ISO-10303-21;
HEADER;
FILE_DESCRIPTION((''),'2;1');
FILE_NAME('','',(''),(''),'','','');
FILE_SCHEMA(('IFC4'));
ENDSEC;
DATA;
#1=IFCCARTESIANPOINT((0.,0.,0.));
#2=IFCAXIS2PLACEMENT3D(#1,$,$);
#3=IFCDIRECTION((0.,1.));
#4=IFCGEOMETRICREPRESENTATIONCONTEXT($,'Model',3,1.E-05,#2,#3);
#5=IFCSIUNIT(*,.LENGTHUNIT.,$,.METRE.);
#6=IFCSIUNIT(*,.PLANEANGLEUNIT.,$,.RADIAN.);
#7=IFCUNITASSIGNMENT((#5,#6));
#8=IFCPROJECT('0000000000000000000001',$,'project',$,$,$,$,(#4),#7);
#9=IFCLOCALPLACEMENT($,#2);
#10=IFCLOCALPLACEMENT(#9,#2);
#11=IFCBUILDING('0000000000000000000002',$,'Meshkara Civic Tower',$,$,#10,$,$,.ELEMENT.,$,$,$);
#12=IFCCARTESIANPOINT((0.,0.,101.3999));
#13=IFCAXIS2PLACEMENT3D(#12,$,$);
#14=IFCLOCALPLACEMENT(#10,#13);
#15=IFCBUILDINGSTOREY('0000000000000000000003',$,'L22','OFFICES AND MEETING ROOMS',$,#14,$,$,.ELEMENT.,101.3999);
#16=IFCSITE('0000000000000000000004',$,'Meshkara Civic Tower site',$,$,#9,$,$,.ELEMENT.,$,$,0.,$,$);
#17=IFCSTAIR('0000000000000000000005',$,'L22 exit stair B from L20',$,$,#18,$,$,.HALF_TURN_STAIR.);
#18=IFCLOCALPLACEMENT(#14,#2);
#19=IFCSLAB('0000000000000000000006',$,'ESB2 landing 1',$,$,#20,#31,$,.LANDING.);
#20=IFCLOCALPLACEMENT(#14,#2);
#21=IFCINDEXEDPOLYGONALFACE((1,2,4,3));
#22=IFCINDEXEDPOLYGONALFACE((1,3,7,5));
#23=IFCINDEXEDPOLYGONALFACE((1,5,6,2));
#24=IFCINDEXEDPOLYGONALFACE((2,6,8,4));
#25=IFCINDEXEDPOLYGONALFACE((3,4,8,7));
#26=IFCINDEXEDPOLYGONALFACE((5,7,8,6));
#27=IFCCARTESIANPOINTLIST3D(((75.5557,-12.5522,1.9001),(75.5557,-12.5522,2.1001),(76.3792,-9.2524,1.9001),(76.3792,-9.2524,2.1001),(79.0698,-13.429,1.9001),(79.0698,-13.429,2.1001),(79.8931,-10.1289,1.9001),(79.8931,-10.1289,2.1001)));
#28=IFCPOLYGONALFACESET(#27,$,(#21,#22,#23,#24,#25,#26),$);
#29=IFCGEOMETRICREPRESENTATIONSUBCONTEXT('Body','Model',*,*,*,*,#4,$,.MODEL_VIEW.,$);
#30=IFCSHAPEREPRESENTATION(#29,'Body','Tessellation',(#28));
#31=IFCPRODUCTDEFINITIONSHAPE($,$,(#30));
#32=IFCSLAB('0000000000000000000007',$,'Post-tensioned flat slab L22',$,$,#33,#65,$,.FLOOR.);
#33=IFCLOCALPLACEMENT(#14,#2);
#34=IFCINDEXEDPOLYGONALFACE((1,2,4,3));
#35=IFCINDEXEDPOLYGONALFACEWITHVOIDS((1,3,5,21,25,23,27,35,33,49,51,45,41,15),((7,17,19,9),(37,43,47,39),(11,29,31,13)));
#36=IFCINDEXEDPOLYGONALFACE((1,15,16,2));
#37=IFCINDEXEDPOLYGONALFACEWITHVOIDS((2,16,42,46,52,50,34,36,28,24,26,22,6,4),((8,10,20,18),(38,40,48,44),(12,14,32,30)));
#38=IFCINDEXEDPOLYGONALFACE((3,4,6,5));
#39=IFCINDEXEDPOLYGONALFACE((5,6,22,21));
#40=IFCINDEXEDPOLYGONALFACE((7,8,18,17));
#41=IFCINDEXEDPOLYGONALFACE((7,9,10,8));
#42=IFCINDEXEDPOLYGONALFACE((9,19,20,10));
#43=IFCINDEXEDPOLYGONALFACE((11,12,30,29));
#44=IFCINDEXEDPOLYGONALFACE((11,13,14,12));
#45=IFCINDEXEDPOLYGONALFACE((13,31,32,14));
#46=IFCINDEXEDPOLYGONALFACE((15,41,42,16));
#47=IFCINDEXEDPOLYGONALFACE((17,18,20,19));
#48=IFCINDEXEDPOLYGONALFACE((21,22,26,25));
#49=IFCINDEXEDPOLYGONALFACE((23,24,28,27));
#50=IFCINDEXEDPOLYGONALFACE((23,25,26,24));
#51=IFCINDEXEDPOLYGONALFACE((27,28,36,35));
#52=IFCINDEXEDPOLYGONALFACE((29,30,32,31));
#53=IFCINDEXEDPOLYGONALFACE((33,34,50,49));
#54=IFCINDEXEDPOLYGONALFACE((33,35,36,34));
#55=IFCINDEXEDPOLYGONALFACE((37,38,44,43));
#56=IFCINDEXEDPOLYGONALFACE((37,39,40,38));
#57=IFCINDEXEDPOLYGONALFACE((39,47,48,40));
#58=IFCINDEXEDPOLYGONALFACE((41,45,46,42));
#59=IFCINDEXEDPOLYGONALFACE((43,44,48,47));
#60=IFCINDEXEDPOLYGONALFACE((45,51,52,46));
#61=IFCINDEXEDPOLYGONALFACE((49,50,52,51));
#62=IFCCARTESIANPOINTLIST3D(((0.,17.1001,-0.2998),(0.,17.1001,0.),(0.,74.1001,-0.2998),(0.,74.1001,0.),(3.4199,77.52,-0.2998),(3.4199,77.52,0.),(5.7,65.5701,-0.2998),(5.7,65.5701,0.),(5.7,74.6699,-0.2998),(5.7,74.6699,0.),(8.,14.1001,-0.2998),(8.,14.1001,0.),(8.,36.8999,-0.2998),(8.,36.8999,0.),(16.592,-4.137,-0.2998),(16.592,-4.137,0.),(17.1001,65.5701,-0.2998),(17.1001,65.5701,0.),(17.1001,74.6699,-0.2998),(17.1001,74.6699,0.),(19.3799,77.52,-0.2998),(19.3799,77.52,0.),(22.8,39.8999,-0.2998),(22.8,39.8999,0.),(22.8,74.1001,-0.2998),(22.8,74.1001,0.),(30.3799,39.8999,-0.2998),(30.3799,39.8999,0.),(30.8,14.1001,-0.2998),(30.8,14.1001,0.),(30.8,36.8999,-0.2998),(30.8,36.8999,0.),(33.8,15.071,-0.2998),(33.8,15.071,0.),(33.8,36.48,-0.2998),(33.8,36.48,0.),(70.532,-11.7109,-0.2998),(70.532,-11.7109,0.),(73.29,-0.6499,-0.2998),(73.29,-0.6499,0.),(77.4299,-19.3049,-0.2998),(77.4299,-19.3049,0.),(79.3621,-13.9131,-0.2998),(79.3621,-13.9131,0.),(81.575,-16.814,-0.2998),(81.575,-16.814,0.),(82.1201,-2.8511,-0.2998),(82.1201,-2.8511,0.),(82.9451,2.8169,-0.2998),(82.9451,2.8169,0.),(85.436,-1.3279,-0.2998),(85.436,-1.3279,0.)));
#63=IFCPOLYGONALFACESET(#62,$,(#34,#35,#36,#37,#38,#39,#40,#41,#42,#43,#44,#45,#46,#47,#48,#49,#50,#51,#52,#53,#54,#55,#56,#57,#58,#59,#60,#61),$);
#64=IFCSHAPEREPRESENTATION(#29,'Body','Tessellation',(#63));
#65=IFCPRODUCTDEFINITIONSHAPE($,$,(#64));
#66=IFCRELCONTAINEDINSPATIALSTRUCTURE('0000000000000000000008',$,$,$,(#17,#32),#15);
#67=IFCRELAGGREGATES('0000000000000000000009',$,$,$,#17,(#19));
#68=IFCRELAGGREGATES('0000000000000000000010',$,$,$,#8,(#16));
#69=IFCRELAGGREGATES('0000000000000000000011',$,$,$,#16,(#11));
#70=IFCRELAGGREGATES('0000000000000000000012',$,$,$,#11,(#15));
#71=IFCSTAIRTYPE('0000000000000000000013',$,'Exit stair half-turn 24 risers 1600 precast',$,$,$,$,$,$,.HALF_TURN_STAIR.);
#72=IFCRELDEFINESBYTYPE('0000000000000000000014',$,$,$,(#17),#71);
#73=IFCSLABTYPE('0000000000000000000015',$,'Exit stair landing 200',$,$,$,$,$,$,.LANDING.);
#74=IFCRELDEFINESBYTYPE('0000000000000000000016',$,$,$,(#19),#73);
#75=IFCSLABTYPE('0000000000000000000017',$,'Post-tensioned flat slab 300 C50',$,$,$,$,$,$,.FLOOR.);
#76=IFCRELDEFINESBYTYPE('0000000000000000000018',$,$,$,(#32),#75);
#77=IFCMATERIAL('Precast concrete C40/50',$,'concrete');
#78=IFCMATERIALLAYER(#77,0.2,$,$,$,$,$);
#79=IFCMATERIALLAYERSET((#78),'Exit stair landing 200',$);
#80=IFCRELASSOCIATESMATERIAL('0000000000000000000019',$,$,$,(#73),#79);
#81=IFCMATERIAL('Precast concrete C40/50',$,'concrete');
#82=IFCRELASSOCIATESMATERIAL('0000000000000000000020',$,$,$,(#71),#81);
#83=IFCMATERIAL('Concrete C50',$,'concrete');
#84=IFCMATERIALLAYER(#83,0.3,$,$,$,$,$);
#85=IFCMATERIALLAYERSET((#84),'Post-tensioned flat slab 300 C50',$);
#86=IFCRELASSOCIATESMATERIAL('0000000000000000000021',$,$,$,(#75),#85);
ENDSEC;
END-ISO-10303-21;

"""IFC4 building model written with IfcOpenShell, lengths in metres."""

from ifc_helpers import new_model, si_unit, direction, frame, origin, place, context, subcontext, project, spatial, polyline, outline, extrude, material, layer, layer_set, type_object, element, aggregate, save


model = new_model("IFC4")

# Units and contexts
model_context = context("Model", 3, precision=1e-05, world=origin(), true_north=direction((0.0, 1.0)))
body_context = subcontext(model_context, "Body", "Model", "MODEL_VIEW")
ifc_project = project(units=[si_unit("LENGTHUNIT", "METRE"), si_unit("PLANEANGLEUNIT", "RADIAN")], contexts=[model_context])

# Site, building, storey
site_placement = place(None, origin())
site = spatial("IfcSite", under=ifc_project, at=site_placement, Name="Meshkara Civic Tower site", CompositionType="ELEMENT", RefElevation=0.0)
building_placement = place(site_placement, origin())
building = spatial("IfcBuilding", under=site, at=building_placement, Name="Meshkara Civic Tower", CompositionType="ELEMENT")
storey_placement = place(building_placement, frame((0.0, 0.0, 101.3999)))
storey = spatial("IfcBuildingStorey", under=building, at=storey_placement, Name="L22", Description="OFFICES AND MEETING ROOMS", CompositionType="ELEMENT", Elevation=101.3999)

# Stair, slab
ifc_material_1 = material(Name="Precast concrete C40/50", Category="concrete")
ifc_layer_1 = layer(ifc_material_1, 0.2)
ifc_layer_set_1 = layer_set([ifc_layer_1], Name="Exit stair landing 200")
slab_type_1 = type_object("IfcSlabType", Name="Exit stair landing 200", PredefinedType="LANDING", material=ifc_layer_set_1)
ifc_material_2 = material(Name="Precast concrete C40/50", Category="concrete")
stair_type_1 = type_object("IfcStairType", Name="Exit stair half-turn 24 risers 1600 precast", PredefinedType="HALF_TURN_STAIR", material=ifc_material_2)
stair_1_placement = place(storey_placement, origin())
stair_1 = element("IfcStair", 1, at=stair_1_placement, inside=storey, type_object=stair_type_1, Name="L22 exit stair B from L20", PredefinedType="HALF_TURN_STAIR")
slab_1_placement = place(storey_placement, frame((0.0, 0.0, 1.9001)))
slab_1 = element("IfcSlab", 2, at=slab_1_placement, type_object=slab_type_1, Name="ESB2 landing 1", PredefinedType="LANDING", context=body_context, shape_type="SweptSolid", body=[
    extrude(outline(polyline([(75.5557, -12.5522), (79.0698, -13.429), (79.8931, -10.1289), (76.3792, -9.2524), (75.5557, -12.5522)])), origin(), (0.0, 0.0, 1.0), 0.2),
])
aggregate(stair_1, [slab_1])

# Slab
ifc_material_3 = material(Name="Concrete C50", Category="concrete")
ifc_layer_2 = layer(ifc_material_3, 0.3)
ifc_layer_set_2 = layer_set([ifc_layer_2], Name="Post-tensioned flat slab 300 C50")
slab_type_2 = type_object("IfcSlabType", Name="Post-tensioned flat slab 300 C50", PredefinedType="FLOOR", material=ifc_layer_set_2)
slab_2_placement = place(storey_placement, frame((0.0, 0.0, -0.2998)))
element("IfcSlab", 3, at=slab_2_placement, inside=storey, type_object=slab_type_2, Name="Post-tensioned flat slab L22", PredefinedType="FLOOR", context=body_context, shape_type="SweptSolid", body=[
    extrude(outline(polyline([(81.575, -16.814), (77.4299, -19.3049), (16.592, -4.137), (0.0, 17.1001), (0.0, 74.1001), (3.4199, 77.52), (19.3799, 77.52), (22.8, 74.1001), (22.8, 39.8999), (30.3799, 39.8999), (33.8, 36.48), (33.8, 15.071), (82.9451, 2.8169), (85.436, -1.3279), (81.575, -16.814)]), holes=[polyline([(79.3621, -13.9131), (82.1201, -2.8511), (73.29, -0.6499), (70.532, -11.7109), (79.3621, -13.9131)]), polyline([(8.0, 14.1001), (30.8, 14.1001), (30.8, 36.8999), (8.0, 36.8999), (8.0, 14.1001)]), polyline([(5.7, 74.6699), (5.7, 65.5701), (17.1001, 65.5701), (17.1001, 74.6699), (5.7, 74.6699)])]), origin(), (0.0, 0.0, 1.0), 0.2998),
])

save(model, "model.ifc")
